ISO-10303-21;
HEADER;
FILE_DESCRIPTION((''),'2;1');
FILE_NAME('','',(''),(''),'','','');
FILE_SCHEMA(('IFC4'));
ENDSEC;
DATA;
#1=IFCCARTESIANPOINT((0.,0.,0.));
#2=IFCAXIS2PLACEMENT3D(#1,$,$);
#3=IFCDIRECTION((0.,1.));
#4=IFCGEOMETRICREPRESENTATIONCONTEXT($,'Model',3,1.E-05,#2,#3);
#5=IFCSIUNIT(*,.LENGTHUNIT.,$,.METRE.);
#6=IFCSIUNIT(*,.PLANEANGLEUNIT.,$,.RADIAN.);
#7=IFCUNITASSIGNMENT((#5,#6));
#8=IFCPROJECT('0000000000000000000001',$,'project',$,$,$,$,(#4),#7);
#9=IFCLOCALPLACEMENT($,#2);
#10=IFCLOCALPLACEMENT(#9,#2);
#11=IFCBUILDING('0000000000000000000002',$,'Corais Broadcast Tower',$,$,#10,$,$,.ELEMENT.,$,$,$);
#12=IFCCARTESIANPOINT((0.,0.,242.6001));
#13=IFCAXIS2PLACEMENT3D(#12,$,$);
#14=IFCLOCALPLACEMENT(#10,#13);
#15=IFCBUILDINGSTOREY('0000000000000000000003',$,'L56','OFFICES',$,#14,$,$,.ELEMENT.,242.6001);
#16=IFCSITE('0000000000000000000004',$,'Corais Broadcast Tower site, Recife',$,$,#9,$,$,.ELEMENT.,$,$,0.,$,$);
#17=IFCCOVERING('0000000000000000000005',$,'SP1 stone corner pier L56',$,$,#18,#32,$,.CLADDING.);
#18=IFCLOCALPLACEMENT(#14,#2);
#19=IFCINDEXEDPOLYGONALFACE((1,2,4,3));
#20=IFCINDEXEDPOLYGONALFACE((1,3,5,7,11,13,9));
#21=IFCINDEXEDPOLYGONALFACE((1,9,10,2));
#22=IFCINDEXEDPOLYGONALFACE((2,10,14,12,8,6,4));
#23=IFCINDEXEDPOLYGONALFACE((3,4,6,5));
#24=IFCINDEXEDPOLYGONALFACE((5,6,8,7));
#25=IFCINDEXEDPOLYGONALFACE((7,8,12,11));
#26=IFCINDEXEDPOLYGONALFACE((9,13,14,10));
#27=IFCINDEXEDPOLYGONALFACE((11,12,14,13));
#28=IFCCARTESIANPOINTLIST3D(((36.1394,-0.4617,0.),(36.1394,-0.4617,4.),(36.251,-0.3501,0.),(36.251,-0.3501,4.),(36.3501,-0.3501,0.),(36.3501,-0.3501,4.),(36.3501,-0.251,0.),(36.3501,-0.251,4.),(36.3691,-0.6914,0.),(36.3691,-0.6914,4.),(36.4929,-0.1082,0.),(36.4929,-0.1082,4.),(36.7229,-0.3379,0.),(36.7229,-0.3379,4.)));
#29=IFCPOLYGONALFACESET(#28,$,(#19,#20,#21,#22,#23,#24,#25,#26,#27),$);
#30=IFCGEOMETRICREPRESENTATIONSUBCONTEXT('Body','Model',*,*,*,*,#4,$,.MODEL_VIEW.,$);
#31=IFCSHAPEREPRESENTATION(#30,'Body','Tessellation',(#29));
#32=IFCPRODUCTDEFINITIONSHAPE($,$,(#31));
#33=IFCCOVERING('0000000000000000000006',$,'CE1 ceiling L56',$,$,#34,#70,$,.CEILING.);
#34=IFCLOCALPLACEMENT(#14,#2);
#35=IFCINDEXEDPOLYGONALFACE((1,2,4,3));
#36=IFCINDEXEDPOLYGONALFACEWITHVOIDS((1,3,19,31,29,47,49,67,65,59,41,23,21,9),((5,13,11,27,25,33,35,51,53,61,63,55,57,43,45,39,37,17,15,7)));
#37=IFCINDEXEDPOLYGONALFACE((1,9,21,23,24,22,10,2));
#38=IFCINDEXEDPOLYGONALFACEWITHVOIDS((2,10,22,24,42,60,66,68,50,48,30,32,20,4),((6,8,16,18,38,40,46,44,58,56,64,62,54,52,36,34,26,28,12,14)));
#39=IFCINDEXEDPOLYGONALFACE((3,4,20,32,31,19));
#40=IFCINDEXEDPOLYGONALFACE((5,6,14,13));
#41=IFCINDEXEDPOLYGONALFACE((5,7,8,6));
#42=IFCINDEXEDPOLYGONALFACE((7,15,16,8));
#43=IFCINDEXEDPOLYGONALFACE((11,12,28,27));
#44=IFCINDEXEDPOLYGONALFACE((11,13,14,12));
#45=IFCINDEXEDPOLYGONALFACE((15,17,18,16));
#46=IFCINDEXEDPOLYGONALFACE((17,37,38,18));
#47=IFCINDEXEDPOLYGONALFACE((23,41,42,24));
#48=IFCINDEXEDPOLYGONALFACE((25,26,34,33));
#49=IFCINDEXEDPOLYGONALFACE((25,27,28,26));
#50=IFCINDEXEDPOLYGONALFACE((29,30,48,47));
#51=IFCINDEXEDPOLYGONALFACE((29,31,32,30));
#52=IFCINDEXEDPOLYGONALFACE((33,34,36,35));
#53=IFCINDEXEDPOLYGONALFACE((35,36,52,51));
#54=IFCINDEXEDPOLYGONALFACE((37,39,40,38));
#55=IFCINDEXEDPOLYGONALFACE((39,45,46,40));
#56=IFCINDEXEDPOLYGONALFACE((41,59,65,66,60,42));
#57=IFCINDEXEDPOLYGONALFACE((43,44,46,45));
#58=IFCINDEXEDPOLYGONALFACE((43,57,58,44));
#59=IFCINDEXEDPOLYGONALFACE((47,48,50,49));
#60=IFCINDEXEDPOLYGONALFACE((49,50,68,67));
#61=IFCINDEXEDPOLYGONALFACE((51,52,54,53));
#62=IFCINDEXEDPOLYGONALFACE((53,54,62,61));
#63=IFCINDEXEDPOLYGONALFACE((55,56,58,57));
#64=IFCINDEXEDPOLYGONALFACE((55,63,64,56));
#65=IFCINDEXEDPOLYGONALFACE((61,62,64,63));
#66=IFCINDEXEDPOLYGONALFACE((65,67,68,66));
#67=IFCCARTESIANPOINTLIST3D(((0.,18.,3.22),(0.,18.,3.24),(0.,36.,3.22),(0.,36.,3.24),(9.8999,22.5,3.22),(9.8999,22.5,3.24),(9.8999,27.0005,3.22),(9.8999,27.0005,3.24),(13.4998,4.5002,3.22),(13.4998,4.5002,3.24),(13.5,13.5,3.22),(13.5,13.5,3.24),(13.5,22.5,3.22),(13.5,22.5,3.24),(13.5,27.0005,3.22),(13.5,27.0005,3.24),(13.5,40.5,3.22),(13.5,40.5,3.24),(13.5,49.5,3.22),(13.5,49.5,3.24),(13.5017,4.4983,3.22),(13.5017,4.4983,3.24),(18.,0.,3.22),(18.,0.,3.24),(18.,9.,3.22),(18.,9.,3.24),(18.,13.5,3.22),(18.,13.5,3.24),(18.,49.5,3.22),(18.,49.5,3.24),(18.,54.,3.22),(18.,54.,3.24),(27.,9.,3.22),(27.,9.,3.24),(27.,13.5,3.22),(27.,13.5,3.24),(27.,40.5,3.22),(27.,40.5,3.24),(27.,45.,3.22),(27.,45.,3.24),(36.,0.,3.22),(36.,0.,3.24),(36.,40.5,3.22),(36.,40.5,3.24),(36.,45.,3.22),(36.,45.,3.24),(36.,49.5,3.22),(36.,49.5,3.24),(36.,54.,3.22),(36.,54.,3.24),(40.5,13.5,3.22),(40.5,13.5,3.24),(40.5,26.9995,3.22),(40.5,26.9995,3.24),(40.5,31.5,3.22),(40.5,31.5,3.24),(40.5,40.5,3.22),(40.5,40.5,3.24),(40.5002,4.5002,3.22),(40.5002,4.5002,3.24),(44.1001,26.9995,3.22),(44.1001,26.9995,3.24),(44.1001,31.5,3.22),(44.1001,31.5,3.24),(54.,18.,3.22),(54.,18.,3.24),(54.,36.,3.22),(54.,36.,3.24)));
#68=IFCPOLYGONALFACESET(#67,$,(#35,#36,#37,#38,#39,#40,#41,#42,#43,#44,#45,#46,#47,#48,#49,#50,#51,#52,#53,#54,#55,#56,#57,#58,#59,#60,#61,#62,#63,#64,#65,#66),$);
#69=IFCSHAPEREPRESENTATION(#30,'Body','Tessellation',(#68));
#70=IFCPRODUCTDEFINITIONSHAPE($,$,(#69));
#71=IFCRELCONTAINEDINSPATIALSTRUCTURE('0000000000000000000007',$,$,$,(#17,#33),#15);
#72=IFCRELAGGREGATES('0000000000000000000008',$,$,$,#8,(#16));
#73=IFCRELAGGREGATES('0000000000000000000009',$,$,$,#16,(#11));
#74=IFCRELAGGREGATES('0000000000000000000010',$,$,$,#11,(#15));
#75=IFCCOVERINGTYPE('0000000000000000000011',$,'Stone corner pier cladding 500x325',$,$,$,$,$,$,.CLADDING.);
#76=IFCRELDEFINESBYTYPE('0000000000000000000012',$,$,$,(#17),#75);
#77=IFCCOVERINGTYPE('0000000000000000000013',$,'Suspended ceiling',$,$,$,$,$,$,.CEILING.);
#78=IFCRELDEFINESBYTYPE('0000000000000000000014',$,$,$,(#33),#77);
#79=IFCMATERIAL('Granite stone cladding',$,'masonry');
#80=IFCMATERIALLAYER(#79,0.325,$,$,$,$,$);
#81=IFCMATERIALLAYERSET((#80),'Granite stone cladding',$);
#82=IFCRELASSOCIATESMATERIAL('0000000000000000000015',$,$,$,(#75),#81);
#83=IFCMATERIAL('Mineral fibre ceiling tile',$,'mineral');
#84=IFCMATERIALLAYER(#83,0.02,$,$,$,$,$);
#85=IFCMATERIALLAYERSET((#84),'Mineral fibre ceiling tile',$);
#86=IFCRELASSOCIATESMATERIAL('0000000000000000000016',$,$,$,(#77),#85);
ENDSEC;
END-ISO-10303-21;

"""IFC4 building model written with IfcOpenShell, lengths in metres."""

from ifc_helpers import new_model, si_unit, direction, frame, origin, place, context, subcontext, project, spatial, polyline, outline, extrude, material, layer, layer_set, type_object, element, save


model = new_model("IFC4")

# Units and contexts
model_context = context("Model", 3, precision=1e-05, world=origin(), true_north=direction((0.0, 1.0)))
body_context = subcontext(model_context, "Body", "Model", "MODEL_VIEW")
ifc_project = project(units=[si_unit("LENGTHUNIT", "METRE"), si_unit("PLANEANGLEUNIT", "RADIAN")], contexts=[model_context])

# Site, building, storey
site_placement = place(None, origin())
site = spatial("IfcSite", under=ifc_project, at=site_placement, Name="Corais Broadcast Tower site, Recife", CompositionType="ELEMENT", RefElevation=0.0)
building_placement = place(site_placement, origin())
building = spatial("IfcBuilding", under=site, at=building_placement, Name="Corais Broadcast Tower", CompositionType="ELEMENT")
storey_placement = place(building_placement, frame((0.0, 0.0, 242.6001)))
storey = spatial("IfcBuildingStorey", under=building, at=storey_placement, Name="L56", Description="OFFICES", CompositionType="ELEMENT", Elevation=242.6001)

# Coverings
ifc_material_1 = material(Name="Granite stone cladding", Category="masonry")
ifc_layer_1 = layer(ifc_material_1, 0.325)
ifc_layer_set_1 = layer_set([ifc_layer_1], Name="Granite stone cladding")
covering_type_1 = type_object("IfcCoveringType", Name="Stone corner pier cladding 500x325", PredefinedType="CLADDING", material=ifc_layer_set_1)
covering_1_placement = place(storey_placement, origin())
element("IfcCovering", 1, at=covering_1_placement, inside=storey, type_object=covering_type_1, Name="SP1 stone corner pier L56", PredefinedType="CLADDING", context=body_context, shape_type="SweptSolid", body=[
    extrude(outline(polyline([(36.251, -0.3501), (36.1394, -0.4617), (36.3691, -0.6914), (36.7229, -0.3379), (36.4929, -0.1082), (36.3501, -0.251), (36.3501, -0.3501), (36.251, -0.3501)])), origin(), (0.0, 0.0, 1.0), 4.0),
])
ifc_material_2 = material(Name="Mineral fibre ceiling tile", Category="mineral")
ifc_layer_2 = layer(ifc_material_2, 0.02)
ifc_layer_set_2 = layer_set([ifc_layer_2], Name="Mineral fibre ceiling tile")
covering_type_2 = type_object("IfcCoveringType", Name="Suspended ceiling", PredefinedType="CEILING", material=ifc_layer_set_2)
covering_2_placement = place(storey_placement, frame((0.0, 0.0, 3.22)))
element("IfcCovering", 2, at=covering_2_placement, inside=storey, type_object=covering_type_2, Name="CE1 ceiling L56", PredefinedType="CEILING", context=body_context, shape_type="SweptSolid", body=[
    extrude(outline(polyline([(13.5, 49.5), (18.0, 54.0), (18.0, 49.5), (36.0, 49.5), (36.0, 54.0), (54.0, 36.0), (54.0, 18.0), (40.5002, 4.5002), (36.0, 0.0), (18.0, 0.0), (13.5017, 4.4983), (13.4998, 4.5002), (0.0, 18.0), (0.0, 36.0), (13.5, 49.5)]), holes=[polyline([(9.8999, 22.5), (13.5, 22.5), (13.5, 13.5), (18.0, 13.5), (18.0, 9.0), (27.0, 9.0), (27.0, 13.5), (40.5, 13.5), (40.5, 26.9995), (44.1001, 26.9995), (44.1001, 31.5), (40.5, 31.5), (40.5, 40.5), (36.0, 40.5), (36.0, 45.0), (27.0, 45.0), (27.0, 40.5), (13.5, 40.5), (13.5, 27.0005), (9.8999, 27.0005), (9.8999, 22.5)])]), origin(), (0.0, 0.0, 1.0), 0.02),
])

save(model, "model.ifc")
